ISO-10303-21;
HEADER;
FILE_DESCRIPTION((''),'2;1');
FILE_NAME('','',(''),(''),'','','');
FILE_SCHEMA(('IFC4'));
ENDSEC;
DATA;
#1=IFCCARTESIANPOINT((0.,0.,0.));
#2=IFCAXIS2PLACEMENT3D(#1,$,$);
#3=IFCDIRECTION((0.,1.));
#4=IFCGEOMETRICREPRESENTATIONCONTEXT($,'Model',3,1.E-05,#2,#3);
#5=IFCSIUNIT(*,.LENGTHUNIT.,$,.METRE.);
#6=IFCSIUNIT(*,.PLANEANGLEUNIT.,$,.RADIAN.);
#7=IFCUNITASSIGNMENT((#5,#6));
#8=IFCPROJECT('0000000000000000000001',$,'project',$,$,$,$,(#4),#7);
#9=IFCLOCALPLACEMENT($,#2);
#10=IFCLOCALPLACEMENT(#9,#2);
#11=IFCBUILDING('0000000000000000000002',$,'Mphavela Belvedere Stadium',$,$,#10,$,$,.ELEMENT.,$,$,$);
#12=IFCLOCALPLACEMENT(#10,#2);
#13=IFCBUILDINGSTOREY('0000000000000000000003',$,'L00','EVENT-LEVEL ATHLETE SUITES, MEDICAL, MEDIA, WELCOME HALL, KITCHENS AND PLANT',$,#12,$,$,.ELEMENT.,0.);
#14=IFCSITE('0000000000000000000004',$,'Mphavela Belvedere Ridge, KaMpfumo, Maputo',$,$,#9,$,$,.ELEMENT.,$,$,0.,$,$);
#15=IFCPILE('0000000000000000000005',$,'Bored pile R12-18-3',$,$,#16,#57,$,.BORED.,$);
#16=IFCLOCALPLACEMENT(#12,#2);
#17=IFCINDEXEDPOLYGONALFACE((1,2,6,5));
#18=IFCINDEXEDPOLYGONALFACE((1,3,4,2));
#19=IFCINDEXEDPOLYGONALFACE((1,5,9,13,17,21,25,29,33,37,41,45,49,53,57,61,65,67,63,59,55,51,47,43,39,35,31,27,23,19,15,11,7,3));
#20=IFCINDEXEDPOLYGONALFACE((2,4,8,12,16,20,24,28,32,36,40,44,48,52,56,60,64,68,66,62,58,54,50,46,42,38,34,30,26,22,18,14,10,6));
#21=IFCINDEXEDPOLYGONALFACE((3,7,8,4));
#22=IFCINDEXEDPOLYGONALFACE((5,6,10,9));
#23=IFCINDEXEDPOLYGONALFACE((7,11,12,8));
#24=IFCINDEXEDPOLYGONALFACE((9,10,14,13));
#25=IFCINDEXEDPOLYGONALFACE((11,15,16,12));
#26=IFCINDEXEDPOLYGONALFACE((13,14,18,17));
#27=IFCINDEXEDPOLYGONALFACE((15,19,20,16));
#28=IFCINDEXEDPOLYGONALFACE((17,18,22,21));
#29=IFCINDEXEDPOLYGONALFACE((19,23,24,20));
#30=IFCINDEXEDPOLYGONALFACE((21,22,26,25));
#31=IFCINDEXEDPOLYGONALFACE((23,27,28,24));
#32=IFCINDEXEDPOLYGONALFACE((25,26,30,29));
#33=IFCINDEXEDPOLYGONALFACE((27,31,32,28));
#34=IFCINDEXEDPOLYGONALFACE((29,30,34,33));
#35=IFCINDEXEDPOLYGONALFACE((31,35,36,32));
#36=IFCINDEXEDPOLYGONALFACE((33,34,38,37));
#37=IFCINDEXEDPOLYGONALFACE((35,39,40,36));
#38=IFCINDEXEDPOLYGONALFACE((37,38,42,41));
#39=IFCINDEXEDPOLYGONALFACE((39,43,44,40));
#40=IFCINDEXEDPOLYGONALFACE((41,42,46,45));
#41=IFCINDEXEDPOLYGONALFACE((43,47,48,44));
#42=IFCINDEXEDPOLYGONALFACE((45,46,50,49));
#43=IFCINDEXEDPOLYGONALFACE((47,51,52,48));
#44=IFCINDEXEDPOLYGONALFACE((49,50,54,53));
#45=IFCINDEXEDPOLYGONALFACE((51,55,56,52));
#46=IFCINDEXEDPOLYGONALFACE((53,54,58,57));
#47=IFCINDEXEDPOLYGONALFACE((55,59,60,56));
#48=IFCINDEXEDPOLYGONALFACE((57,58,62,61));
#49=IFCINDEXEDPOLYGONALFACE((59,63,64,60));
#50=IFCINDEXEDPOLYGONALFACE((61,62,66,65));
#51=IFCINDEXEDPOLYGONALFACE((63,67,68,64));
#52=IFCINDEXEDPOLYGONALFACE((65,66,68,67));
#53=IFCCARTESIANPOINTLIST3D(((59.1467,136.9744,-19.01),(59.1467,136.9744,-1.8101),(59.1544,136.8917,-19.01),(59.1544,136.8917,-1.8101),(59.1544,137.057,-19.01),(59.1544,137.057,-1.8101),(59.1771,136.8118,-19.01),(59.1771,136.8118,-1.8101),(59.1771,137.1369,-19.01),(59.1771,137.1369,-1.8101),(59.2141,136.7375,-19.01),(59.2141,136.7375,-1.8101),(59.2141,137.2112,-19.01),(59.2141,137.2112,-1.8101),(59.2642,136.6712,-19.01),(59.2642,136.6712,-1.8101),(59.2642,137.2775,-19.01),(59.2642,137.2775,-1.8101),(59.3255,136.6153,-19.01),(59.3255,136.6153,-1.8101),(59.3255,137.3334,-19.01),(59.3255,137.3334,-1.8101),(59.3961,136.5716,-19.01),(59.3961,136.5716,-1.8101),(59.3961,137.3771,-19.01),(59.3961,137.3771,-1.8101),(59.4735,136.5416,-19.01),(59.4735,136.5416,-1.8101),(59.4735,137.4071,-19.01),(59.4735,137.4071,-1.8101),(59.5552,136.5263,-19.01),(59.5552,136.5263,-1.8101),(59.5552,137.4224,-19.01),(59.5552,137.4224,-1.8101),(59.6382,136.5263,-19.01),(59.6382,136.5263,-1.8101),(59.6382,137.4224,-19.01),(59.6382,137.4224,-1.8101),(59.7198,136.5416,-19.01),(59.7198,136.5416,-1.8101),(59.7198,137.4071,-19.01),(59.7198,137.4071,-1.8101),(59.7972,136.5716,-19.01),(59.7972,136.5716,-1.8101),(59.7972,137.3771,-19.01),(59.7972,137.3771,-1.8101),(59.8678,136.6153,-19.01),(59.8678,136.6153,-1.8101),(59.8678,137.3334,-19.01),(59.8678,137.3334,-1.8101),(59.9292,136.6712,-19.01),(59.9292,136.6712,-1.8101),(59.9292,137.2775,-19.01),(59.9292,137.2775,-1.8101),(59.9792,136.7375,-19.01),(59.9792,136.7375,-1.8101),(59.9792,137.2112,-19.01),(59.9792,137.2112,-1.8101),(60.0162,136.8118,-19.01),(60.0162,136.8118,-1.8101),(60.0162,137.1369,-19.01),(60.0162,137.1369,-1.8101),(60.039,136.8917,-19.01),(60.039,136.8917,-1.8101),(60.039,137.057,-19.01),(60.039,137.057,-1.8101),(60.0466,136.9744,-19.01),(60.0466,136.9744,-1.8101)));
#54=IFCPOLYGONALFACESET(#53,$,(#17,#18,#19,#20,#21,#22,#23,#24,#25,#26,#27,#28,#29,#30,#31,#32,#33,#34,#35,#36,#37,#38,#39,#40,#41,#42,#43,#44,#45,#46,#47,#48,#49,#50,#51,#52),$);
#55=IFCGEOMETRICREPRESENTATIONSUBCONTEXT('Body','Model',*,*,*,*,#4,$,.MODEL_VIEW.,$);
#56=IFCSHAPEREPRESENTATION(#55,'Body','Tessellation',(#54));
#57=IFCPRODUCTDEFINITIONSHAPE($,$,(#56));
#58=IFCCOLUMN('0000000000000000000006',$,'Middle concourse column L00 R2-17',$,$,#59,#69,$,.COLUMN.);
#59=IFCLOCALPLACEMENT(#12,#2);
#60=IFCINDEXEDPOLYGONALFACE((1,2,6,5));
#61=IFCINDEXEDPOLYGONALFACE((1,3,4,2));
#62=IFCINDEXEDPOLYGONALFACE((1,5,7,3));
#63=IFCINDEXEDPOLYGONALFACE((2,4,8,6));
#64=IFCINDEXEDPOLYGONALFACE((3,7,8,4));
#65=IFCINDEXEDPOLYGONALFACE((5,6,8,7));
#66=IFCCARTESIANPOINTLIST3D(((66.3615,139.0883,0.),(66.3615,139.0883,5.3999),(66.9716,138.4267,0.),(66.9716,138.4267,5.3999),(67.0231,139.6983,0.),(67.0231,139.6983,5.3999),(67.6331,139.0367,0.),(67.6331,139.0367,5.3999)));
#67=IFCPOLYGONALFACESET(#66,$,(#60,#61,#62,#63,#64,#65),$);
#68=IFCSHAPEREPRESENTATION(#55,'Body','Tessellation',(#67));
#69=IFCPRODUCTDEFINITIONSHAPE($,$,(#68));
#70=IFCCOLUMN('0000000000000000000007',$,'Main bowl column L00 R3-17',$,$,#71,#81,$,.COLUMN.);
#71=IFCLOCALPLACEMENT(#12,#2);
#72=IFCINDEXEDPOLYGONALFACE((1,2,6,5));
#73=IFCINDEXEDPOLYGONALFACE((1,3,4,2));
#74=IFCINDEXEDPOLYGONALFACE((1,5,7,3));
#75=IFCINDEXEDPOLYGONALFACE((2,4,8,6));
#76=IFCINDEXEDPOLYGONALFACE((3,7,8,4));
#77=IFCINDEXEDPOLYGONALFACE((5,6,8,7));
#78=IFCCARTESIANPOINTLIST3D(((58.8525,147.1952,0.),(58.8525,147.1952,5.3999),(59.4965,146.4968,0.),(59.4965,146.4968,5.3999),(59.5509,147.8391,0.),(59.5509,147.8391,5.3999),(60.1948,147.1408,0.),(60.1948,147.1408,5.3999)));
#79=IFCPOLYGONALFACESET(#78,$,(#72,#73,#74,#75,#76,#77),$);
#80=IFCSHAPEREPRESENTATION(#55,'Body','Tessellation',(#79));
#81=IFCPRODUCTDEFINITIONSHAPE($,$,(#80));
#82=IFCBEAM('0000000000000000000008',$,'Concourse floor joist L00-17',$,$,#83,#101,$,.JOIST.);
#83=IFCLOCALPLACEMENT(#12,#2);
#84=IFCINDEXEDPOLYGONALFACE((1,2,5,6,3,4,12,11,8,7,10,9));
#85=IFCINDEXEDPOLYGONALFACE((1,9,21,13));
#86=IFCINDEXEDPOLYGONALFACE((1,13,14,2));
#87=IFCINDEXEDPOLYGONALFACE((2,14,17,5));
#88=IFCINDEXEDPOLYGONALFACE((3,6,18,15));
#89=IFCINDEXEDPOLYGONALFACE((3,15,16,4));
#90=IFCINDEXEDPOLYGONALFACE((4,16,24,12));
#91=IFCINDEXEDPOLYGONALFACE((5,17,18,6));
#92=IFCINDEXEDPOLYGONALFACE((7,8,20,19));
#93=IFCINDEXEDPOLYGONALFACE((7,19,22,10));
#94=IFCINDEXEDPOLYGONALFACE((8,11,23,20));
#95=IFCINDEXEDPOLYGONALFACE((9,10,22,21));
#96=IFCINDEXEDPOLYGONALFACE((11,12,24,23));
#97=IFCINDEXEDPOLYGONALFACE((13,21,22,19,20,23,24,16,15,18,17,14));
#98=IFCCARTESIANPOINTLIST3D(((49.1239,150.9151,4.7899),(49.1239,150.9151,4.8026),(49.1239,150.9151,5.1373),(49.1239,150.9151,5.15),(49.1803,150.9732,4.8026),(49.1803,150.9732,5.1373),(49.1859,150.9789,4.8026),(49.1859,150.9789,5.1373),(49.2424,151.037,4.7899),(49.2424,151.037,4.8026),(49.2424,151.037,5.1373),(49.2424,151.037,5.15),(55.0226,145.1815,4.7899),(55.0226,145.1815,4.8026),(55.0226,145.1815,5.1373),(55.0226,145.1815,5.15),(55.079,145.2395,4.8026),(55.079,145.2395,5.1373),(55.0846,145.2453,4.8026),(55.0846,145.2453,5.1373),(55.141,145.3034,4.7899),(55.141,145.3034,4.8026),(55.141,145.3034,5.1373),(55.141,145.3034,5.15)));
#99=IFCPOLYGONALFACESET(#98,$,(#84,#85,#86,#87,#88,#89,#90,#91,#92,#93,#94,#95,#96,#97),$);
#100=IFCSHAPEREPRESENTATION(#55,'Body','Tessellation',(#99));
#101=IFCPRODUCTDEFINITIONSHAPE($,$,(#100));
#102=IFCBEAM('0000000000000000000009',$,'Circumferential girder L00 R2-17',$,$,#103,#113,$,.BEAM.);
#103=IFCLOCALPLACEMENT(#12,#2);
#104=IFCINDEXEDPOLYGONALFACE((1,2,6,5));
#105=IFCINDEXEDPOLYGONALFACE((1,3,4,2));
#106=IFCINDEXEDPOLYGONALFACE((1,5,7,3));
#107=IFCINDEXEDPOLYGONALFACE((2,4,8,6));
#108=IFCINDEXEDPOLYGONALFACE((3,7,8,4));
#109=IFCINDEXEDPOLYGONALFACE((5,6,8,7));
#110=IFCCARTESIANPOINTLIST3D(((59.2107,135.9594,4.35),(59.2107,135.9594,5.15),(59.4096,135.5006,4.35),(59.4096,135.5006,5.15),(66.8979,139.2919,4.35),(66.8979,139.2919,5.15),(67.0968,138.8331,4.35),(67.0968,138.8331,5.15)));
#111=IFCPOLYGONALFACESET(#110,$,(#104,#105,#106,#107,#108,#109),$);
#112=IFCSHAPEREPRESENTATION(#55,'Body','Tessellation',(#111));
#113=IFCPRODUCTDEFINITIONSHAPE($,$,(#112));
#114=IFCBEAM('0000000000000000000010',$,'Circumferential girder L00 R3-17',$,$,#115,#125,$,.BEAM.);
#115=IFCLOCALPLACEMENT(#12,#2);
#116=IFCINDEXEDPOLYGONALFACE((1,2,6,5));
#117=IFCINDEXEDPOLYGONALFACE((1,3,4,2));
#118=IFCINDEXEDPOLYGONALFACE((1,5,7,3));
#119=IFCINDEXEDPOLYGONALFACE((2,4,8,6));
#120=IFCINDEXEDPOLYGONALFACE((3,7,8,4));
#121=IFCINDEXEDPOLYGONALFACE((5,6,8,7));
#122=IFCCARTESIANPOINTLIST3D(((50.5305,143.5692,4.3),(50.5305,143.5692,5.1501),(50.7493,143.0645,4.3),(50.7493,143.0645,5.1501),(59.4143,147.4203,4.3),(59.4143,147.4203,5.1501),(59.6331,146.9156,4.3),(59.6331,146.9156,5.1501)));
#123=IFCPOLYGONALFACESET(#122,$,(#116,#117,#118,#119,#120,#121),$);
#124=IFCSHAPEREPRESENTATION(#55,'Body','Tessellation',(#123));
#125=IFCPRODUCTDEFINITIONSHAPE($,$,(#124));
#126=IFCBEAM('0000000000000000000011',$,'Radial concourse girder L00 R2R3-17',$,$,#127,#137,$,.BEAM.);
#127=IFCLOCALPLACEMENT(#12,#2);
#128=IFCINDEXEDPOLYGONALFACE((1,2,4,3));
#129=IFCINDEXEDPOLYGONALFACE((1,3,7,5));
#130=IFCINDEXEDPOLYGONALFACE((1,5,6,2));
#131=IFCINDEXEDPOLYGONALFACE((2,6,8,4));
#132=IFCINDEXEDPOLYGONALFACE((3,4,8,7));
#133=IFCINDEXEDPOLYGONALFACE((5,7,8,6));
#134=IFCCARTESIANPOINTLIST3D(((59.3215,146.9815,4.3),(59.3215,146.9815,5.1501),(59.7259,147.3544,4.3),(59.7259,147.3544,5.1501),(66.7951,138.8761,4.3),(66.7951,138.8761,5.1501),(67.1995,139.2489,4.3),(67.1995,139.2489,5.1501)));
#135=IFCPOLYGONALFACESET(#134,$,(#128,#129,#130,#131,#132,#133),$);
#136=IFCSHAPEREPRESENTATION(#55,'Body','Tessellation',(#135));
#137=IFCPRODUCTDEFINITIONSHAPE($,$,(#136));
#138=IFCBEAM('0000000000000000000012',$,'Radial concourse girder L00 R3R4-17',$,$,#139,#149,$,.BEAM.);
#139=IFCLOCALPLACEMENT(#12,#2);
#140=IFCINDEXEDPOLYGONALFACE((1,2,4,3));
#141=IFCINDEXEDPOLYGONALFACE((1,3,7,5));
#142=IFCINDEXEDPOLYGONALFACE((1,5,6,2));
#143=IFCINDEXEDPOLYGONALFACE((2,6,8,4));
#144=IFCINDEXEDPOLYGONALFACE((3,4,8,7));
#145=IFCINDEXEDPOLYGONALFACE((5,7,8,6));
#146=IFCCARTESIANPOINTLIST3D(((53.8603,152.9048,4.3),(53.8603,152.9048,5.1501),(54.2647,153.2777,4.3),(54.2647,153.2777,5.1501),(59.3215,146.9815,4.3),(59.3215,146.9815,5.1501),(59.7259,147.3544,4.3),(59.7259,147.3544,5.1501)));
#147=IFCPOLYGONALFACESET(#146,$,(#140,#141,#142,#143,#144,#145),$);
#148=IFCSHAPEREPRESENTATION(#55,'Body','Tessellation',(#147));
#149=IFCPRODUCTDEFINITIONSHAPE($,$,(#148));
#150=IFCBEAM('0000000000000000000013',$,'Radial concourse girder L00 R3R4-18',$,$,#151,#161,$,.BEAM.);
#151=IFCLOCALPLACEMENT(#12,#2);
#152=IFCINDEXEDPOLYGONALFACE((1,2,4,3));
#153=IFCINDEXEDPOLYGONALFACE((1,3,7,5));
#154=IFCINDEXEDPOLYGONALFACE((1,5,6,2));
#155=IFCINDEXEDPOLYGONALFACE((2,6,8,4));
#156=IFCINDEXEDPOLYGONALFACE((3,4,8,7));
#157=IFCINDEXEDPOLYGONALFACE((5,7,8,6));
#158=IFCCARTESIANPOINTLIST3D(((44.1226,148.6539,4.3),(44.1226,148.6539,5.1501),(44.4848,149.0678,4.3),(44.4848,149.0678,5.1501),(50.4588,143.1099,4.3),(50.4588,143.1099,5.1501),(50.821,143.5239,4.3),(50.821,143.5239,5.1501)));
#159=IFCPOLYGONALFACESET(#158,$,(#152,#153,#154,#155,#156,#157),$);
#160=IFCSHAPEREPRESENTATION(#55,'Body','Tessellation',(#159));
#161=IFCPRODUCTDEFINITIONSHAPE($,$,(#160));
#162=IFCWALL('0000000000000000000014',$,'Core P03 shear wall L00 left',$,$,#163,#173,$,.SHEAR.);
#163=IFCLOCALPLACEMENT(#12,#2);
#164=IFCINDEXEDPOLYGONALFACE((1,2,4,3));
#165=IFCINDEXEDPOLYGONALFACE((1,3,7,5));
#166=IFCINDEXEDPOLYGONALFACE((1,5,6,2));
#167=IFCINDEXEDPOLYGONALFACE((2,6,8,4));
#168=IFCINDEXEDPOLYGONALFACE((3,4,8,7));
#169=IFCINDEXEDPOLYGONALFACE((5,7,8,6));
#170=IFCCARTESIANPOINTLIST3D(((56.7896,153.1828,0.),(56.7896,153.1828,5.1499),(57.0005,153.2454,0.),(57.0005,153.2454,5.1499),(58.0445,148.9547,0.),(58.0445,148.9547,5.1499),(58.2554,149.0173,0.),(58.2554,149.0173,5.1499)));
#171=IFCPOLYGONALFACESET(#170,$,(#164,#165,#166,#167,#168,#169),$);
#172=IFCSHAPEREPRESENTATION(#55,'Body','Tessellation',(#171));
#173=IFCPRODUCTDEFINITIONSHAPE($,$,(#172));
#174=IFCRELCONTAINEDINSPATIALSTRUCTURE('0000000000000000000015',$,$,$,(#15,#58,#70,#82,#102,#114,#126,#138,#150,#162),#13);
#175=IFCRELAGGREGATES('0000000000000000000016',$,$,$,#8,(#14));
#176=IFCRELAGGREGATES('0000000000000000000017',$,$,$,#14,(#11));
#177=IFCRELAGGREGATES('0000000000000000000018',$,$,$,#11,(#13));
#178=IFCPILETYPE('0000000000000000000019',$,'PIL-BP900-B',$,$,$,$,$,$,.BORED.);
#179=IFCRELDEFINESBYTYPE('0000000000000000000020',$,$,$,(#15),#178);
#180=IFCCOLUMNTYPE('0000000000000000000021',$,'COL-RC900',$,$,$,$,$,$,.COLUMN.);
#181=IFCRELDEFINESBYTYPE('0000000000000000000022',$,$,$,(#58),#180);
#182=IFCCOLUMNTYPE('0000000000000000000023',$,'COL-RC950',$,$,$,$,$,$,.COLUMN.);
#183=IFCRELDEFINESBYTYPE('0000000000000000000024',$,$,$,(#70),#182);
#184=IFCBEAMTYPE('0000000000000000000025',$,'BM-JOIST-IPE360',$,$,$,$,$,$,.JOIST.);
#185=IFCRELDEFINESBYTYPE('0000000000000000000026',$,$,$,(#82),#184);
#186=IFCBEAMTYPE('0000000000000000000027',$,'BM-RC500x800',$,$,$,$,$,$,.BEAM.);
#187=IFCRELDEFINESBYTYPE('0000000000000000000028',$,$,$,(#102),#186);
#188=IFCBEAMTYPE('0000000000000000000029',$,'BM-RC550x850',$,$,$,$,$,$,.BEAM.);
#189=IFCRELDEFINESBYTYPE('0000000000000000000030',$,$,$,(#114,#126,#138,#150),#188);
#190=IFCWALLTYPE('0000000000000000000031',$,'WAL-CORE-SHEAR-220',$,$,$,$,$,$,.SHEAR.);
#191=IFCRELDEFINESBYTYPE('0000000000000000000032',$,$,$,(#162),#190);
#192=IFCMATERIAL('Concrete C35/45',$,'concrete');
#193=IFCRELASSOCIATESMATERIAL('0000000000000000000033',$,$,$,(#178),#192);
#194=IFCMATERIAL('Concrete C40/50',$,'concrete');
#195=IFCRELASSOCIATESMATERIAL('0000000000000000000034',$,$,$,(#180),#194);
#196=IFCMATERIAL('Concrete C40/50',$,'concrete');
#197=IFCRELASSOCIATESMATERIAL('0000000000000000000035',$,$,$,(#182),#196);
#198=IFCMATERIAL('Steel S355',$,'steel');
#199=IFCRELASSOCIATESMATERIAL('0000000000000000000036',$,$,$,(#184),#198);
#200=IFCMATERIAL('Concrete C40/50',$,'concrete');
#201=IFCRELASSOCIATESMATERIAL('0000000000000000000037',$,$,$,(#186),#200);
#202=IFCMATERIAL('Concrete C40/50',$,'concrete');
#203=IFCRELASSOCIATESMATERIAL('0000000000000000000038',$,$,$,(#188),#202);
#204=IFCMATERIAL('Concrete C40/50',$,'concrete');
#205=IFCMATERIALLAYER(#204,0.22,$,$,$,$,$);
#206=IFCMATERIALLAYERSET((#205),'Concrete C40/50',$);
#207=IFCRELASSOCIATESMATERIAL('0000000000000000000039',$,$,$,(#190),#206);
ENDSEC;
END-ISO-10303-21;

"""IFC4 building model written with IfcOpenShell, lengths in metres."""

from ifc_helpers import new_model, si_unit, direction, frame, frame_2d, origin, origin_2d, place, context, subcontext, project, spatial, rectangle, circle, i_section, extrude, material, layer, layer_set, material_profile, profile_set, type_object, element, save


model = new_model("IFC4")

# Units and contexts
model_context = context("Model", 3, precision=1e-05, world=origin(), true_north=direction((0.0, 1.0)))
body_context = subcontext(model_context, "Body", "Model", "MODEL_VIEW")
ifc_project = project(units=[si_unit("LENGTHUNIT", "METRE"), si_unit("PLANEANGLEUNIT", "RADIAN")], contexts=[model_context])

# Site, building, storey
site_placement = place(None, origin())
site = spatial("IfcSite", under=ifc_project, at=site_placement, Name="Mphavela Belvedere Ridge, KaMpfumo, Maputo", CompositionType="ELEMENT", RefElevation=0.0)
building_placement = place(site_placement, origin())
building = spatial("IfcBuilding", under=site, at=building_placement, Name="Mphavela Belvedere Stadium", CompositionType="ELEMENT")
storey_placement = place(building_placement, origin())
storey = spatial("IfcBuildingStorey", under=building, at=storey_placement, Name="L00", Description="EVENT-LEVEL ATHLETE SUITES, MEDICAL, MEDIA, WELCOME HALL, KITCHENS AND PLANT", CompositionType="ELEMENT", Elevation=0.0)

# Pile
ifc_material_1 = material(Name="Concrete C35/45", Category="concrete")
ifc_material_profile_1 = material_profile(ifc_material_1, circle(Radius=0.45, at=origin_2d()), Name="BP D900")
ifc_profile_set_1 = profile_set([ifc_material_profile_1], Name="Concrete C35/45")
pile_type_1 = type_object("IfcPileType", Name="PIL-BP900-B", PredefinedType="BORED", material=ifc_profile_set_1)
pile_1_placement = place(storey_placement, frame((59.5967, 136.9744, -1.8101), z_axis=(0.0, 0.0, -1.0), x_axis=(1.0, 0.0, 0.0)))
element("IfcPile", 1, at=pile_1_placement, inside=storey, type_object=pile_type_1, Name="Bored pile R12-18-3", PredefinedType="BORED", context=body_context, shape_type="SweptSolid", body=[
    extrude(circle(Radius=0.45, at=origin_2d()), origin(), (0.0, 0.0, 1.0), 17.2),
])

# Columns
ifc_material_2 = material(Name="Concrete C40/50", Category="concrete")
ifc_material_profile_2 = material_profile(ifc_material_2, rectangle(XDim=0.8999, YDim=0.8999, at=origin_2d()), Name="RC 900x900")
ifc_profile_set_2 = profile_set([ifc_material_profile_2], Name="Concrete C40/50")
column_type_1 = type_object("IfcColumnType", Name="COL-RC900", PredefinedType="COLUMN", material=ifc_profile_set_2)
column_1_placement = place(storey_placement, frame((66.9973, 139.0625, 0.0), z_axis=(0.0, 0.0, 1.0), x_axis=(-0.677903, 0.735151, 0.0)))
element("IfcColumn", 2, at=column_1_placement, inside=storey, type_object=column_type_1, Name="Middle concourse column L00 R2-17", PredefinedType="COLUMN", context=body_context, shape_type="SweptSolid", body=[
    extrude(rectangle(XDim=0.8999, YDim=0.8999, at=origin_2d()), origin(), (0.0, 0.0, 1.0), 5.3999),
])
ifc_material_3 = material(Name="Concrete C40/50", Category="concrete")
ifc_material_profile_3 = material_profile(ifc_material_3, rectangle(XDim=0.95, YDim=0.95, at=origin_2d()), Name="RC 950x950")
ifc_profile_set_3 = profile_set([ifc_material_profile_3], Name="Concrete C40/50")
column_type_2 = type_object("IfcColumnType", Name="COL-RC950", PredefinedType="COLUMN", material=ifc_profile_set_3)
column_2_placement = place(storey_placement, frame((59.5237, 147.168, 0.0), z_axis=(0.0, 0.0, 1.0), x_axis=(-0.677903, 0.735151, 0.0)))
element("IfcColumn", 3, at=column_2_placement, inside=storey, type_object=column_type_2, Name="Main bowl column L00 R3-17", PredefinedType="COLUMN", context=body_context, shape_type="SweptSolid", body=[
    extrude(rectangle(XDim=0.95, YDim=0.95, at=origin_2d()), origin(), (0.0, 0.0, 1.0), 5.3999),
])

# Beams
ifc_material_4 = material(Name="Steel S355", Category="steel")
ifc_material_profile_4 = material_profile(ifc_material_4, i_section(OverallWidth=0.1699, OverallDepth=0.3601, WebThickness=0.0081, FlangeThickness=0.0127, at=origin_2d()), Name="IPE 360")
ifc_profile_set_4 = profile_set([ifc_material_profile_4], Name="Steel S355")
beam_type_1 = type_object("IfcBeamType", Name="BM-JOIST-IPE360", PredefinedType="JOIST", material=ifc_profile_set_4)
beam_1_placement = place(storey_placement, frame((55.0818, 145.2424, 4.97), z_axis=(-0.717067, 0.697004, 0.0), x_axis=(-0.697004, -0.717067, 0.0)))
element("IfcBeam", 4, at=beam_1_placement, inside=storey, type_object=beam_type_1, Name="Concourse floor joist L00-17", PredefinedType="JOIST", context=body_context, shape_type="SweptSolid", body=[
    extrude(i_section(OverallWidth=0.1699, OverallDepth=0.3601, WebThickness=0.0081, FlangeThickness=0.0127, at=origin_2d()), origin(), (0.0, 0.0, 1.0), 8.2261),
])
ifc_material_5 = material(Name="Concrete C40/50", Category="concrete")
ifc_material_profile_5 = material_profile(ifc_material_5, rectangle(XDim=0.5, YDim=0.8, at=origin_2d()), Name="RC 500x800")
ifc_profile_set_5 = profile_set([ifc_material_profile_5], Name="Concrete C40/50")
beam_type_2 = type_object("IfcBeamType", Name="BM-RC500x800", PredefinedType="BEAM", material=ifc_profile_set_5)
beam_2_placement = place(storey_placement, frame((66.9973, 139.0625, 4.75), z_axis=(-0.917496, -0.397746, 0.0), x_axis=(0.397746, -0.917496, 0.0)))
element("IfcBeam", 5, at=beam_2_placement, inside=storey, type_object=beam_type_2, Name="Circumferential girder L00 R2-17", PredefinedType="BEAM", context=body_context, shape_type="SweptSolid", body=[
    extrude(rectangle(XDim=0.5, YDim=0.8, at=origin_2d()), origin(), (0.0, 0.0, 1.0), 8.3784),
])
ifc_material_6 = material(Name="Concrete C40/50", Category="concrete")
ifc_material_profile_6 = material_profile(ifc_material_6, rectangle(XDim=0.55, YDim=0.8501, at=origin_2d()), Name="RC 550x850")
ifc_profile_set_6 = profile_set([ifc_material_profile_6], Name="Concrete C40/50")
beam_type_3 = type_object("IfcBeamType", Name="BM-RC550x850", PredefinedType="BEAM", material=ifc_profile_set_6)
beam_3_placement = place(storey_placement, frame((59.5237, 147.168, 4.7251), z_axis=(-0.917502, -0.397732, 0.0), x_axis=(0.397732, -0.917502, 0.0)))
element("IfcBeam", 6, at=beam_3_placement, inside=storey, type_object=beam_type_3, Name="Circumferential girder L00 R3-17", PredefinedType="BEAM", context=body_context, shape_type="SweptSolid", body=[
    extrude(rectangle(XDim=0.55, YDim=0.8501, at=origin_2d()), origin(), (0.0, 0.0, 1.0), 9.6826),
])
beam_4_placement = place(storey_placement, frame((66.9973, 139.0625, 4.7251), z_axis=(-0.677872, 0.73518, 0.0), x_axis=(-0.73518, -0.677872, 0.0)))
element("IfcBeam", 7, at=beam_4_placement, inside=storey, type_object=beam_type_3, Name="Radial concourse girder L00 R2R3-17", PredefinedType="BEAM", context=body_context, shape_type="SweptSolid", body=[
    extrude(rectangle(XDim=0.55, YDim=0.8501, at=origin_2d()), origin(), (0.0, 0.0, 1.0), 11.0251),
])
beam_5_placement = place(storey_placement, frame((59.5237, 147.168, 4.7251), z_axis=(-0.677843, 0.735206, 0.0), x_axis=(-0.735206, -0.677843, 0.0)))
element("IfcBeam", 8, at=beam_5_placement, inside=storey, type_object=beam_type_3, Name="Radial concourse girder L00 R3R4-17", PredefinedType="BEAM", context=body_context, shape_type="SweptSolid", body=[
    extrude(rectangle(XDim=0.55, YDim=0.8501, at=origin_2d()), origin(), (0.0, 0.0, 1.0), 8.0566),
])
beam_6_placement = place(storey_placement, frame((50.6399, 143.3169, 4.7251), z_axis=(-0.752589, 0.65849, 0.0), x_axis=(-0.65849, -0.752589, 0.0)))
element("IfcBeam", 9, at=beam_6_placement, inside=storey, type_object=beam_type_3, Name="Radial concourse girder L00 R3R4-18", PredefinedType="BEAM", context=body_context, shape_type="SweptSolid", body=[
    extrude(rectangle(XDim=0.55, YDim=0.8501, at=origin_2d()), origin(), (0.0, 0.0, 1.0), 8.4192),
])

# Wall
ifc_material_7 = material(Name="Concrete C40/50", Category="concrete")
ifc_layer_1 = layer(ifc_material_7, 0.22)
ifc_layer_set_1 = layer_set([ifc_layer_1], Name="Concrete C40/50")
wall_type_1 = type_object("IfcWallType", Name="WAL-CORE-SHEAR-220", PredefinedType="SHEAR", material=ifc_layer_set_1)
wall_1_placement = place(storey_placement, frame((58.1499, 148.9861, 0.0), z_axis=(0.0, 0.0, 1.0), x_axis=(-0.284533, 0.958666, 0.0)))
element("IfcWall", 10, at=wall_1_placement, inside=storey, type_object=wall_type_1, Name="Core P03 shear wall L00 left", PredefinedType="SHEAR", context=body_context, shape_type="SweptSolid", body=[
    extrude(rectangle(XDim=4.4104, YDim=0.22, at=frame_2d((2.2051, 0.0))), origin(), (0.0, 0.0, 1.0), 5.1499),
])

save(model, "model.ifc")
